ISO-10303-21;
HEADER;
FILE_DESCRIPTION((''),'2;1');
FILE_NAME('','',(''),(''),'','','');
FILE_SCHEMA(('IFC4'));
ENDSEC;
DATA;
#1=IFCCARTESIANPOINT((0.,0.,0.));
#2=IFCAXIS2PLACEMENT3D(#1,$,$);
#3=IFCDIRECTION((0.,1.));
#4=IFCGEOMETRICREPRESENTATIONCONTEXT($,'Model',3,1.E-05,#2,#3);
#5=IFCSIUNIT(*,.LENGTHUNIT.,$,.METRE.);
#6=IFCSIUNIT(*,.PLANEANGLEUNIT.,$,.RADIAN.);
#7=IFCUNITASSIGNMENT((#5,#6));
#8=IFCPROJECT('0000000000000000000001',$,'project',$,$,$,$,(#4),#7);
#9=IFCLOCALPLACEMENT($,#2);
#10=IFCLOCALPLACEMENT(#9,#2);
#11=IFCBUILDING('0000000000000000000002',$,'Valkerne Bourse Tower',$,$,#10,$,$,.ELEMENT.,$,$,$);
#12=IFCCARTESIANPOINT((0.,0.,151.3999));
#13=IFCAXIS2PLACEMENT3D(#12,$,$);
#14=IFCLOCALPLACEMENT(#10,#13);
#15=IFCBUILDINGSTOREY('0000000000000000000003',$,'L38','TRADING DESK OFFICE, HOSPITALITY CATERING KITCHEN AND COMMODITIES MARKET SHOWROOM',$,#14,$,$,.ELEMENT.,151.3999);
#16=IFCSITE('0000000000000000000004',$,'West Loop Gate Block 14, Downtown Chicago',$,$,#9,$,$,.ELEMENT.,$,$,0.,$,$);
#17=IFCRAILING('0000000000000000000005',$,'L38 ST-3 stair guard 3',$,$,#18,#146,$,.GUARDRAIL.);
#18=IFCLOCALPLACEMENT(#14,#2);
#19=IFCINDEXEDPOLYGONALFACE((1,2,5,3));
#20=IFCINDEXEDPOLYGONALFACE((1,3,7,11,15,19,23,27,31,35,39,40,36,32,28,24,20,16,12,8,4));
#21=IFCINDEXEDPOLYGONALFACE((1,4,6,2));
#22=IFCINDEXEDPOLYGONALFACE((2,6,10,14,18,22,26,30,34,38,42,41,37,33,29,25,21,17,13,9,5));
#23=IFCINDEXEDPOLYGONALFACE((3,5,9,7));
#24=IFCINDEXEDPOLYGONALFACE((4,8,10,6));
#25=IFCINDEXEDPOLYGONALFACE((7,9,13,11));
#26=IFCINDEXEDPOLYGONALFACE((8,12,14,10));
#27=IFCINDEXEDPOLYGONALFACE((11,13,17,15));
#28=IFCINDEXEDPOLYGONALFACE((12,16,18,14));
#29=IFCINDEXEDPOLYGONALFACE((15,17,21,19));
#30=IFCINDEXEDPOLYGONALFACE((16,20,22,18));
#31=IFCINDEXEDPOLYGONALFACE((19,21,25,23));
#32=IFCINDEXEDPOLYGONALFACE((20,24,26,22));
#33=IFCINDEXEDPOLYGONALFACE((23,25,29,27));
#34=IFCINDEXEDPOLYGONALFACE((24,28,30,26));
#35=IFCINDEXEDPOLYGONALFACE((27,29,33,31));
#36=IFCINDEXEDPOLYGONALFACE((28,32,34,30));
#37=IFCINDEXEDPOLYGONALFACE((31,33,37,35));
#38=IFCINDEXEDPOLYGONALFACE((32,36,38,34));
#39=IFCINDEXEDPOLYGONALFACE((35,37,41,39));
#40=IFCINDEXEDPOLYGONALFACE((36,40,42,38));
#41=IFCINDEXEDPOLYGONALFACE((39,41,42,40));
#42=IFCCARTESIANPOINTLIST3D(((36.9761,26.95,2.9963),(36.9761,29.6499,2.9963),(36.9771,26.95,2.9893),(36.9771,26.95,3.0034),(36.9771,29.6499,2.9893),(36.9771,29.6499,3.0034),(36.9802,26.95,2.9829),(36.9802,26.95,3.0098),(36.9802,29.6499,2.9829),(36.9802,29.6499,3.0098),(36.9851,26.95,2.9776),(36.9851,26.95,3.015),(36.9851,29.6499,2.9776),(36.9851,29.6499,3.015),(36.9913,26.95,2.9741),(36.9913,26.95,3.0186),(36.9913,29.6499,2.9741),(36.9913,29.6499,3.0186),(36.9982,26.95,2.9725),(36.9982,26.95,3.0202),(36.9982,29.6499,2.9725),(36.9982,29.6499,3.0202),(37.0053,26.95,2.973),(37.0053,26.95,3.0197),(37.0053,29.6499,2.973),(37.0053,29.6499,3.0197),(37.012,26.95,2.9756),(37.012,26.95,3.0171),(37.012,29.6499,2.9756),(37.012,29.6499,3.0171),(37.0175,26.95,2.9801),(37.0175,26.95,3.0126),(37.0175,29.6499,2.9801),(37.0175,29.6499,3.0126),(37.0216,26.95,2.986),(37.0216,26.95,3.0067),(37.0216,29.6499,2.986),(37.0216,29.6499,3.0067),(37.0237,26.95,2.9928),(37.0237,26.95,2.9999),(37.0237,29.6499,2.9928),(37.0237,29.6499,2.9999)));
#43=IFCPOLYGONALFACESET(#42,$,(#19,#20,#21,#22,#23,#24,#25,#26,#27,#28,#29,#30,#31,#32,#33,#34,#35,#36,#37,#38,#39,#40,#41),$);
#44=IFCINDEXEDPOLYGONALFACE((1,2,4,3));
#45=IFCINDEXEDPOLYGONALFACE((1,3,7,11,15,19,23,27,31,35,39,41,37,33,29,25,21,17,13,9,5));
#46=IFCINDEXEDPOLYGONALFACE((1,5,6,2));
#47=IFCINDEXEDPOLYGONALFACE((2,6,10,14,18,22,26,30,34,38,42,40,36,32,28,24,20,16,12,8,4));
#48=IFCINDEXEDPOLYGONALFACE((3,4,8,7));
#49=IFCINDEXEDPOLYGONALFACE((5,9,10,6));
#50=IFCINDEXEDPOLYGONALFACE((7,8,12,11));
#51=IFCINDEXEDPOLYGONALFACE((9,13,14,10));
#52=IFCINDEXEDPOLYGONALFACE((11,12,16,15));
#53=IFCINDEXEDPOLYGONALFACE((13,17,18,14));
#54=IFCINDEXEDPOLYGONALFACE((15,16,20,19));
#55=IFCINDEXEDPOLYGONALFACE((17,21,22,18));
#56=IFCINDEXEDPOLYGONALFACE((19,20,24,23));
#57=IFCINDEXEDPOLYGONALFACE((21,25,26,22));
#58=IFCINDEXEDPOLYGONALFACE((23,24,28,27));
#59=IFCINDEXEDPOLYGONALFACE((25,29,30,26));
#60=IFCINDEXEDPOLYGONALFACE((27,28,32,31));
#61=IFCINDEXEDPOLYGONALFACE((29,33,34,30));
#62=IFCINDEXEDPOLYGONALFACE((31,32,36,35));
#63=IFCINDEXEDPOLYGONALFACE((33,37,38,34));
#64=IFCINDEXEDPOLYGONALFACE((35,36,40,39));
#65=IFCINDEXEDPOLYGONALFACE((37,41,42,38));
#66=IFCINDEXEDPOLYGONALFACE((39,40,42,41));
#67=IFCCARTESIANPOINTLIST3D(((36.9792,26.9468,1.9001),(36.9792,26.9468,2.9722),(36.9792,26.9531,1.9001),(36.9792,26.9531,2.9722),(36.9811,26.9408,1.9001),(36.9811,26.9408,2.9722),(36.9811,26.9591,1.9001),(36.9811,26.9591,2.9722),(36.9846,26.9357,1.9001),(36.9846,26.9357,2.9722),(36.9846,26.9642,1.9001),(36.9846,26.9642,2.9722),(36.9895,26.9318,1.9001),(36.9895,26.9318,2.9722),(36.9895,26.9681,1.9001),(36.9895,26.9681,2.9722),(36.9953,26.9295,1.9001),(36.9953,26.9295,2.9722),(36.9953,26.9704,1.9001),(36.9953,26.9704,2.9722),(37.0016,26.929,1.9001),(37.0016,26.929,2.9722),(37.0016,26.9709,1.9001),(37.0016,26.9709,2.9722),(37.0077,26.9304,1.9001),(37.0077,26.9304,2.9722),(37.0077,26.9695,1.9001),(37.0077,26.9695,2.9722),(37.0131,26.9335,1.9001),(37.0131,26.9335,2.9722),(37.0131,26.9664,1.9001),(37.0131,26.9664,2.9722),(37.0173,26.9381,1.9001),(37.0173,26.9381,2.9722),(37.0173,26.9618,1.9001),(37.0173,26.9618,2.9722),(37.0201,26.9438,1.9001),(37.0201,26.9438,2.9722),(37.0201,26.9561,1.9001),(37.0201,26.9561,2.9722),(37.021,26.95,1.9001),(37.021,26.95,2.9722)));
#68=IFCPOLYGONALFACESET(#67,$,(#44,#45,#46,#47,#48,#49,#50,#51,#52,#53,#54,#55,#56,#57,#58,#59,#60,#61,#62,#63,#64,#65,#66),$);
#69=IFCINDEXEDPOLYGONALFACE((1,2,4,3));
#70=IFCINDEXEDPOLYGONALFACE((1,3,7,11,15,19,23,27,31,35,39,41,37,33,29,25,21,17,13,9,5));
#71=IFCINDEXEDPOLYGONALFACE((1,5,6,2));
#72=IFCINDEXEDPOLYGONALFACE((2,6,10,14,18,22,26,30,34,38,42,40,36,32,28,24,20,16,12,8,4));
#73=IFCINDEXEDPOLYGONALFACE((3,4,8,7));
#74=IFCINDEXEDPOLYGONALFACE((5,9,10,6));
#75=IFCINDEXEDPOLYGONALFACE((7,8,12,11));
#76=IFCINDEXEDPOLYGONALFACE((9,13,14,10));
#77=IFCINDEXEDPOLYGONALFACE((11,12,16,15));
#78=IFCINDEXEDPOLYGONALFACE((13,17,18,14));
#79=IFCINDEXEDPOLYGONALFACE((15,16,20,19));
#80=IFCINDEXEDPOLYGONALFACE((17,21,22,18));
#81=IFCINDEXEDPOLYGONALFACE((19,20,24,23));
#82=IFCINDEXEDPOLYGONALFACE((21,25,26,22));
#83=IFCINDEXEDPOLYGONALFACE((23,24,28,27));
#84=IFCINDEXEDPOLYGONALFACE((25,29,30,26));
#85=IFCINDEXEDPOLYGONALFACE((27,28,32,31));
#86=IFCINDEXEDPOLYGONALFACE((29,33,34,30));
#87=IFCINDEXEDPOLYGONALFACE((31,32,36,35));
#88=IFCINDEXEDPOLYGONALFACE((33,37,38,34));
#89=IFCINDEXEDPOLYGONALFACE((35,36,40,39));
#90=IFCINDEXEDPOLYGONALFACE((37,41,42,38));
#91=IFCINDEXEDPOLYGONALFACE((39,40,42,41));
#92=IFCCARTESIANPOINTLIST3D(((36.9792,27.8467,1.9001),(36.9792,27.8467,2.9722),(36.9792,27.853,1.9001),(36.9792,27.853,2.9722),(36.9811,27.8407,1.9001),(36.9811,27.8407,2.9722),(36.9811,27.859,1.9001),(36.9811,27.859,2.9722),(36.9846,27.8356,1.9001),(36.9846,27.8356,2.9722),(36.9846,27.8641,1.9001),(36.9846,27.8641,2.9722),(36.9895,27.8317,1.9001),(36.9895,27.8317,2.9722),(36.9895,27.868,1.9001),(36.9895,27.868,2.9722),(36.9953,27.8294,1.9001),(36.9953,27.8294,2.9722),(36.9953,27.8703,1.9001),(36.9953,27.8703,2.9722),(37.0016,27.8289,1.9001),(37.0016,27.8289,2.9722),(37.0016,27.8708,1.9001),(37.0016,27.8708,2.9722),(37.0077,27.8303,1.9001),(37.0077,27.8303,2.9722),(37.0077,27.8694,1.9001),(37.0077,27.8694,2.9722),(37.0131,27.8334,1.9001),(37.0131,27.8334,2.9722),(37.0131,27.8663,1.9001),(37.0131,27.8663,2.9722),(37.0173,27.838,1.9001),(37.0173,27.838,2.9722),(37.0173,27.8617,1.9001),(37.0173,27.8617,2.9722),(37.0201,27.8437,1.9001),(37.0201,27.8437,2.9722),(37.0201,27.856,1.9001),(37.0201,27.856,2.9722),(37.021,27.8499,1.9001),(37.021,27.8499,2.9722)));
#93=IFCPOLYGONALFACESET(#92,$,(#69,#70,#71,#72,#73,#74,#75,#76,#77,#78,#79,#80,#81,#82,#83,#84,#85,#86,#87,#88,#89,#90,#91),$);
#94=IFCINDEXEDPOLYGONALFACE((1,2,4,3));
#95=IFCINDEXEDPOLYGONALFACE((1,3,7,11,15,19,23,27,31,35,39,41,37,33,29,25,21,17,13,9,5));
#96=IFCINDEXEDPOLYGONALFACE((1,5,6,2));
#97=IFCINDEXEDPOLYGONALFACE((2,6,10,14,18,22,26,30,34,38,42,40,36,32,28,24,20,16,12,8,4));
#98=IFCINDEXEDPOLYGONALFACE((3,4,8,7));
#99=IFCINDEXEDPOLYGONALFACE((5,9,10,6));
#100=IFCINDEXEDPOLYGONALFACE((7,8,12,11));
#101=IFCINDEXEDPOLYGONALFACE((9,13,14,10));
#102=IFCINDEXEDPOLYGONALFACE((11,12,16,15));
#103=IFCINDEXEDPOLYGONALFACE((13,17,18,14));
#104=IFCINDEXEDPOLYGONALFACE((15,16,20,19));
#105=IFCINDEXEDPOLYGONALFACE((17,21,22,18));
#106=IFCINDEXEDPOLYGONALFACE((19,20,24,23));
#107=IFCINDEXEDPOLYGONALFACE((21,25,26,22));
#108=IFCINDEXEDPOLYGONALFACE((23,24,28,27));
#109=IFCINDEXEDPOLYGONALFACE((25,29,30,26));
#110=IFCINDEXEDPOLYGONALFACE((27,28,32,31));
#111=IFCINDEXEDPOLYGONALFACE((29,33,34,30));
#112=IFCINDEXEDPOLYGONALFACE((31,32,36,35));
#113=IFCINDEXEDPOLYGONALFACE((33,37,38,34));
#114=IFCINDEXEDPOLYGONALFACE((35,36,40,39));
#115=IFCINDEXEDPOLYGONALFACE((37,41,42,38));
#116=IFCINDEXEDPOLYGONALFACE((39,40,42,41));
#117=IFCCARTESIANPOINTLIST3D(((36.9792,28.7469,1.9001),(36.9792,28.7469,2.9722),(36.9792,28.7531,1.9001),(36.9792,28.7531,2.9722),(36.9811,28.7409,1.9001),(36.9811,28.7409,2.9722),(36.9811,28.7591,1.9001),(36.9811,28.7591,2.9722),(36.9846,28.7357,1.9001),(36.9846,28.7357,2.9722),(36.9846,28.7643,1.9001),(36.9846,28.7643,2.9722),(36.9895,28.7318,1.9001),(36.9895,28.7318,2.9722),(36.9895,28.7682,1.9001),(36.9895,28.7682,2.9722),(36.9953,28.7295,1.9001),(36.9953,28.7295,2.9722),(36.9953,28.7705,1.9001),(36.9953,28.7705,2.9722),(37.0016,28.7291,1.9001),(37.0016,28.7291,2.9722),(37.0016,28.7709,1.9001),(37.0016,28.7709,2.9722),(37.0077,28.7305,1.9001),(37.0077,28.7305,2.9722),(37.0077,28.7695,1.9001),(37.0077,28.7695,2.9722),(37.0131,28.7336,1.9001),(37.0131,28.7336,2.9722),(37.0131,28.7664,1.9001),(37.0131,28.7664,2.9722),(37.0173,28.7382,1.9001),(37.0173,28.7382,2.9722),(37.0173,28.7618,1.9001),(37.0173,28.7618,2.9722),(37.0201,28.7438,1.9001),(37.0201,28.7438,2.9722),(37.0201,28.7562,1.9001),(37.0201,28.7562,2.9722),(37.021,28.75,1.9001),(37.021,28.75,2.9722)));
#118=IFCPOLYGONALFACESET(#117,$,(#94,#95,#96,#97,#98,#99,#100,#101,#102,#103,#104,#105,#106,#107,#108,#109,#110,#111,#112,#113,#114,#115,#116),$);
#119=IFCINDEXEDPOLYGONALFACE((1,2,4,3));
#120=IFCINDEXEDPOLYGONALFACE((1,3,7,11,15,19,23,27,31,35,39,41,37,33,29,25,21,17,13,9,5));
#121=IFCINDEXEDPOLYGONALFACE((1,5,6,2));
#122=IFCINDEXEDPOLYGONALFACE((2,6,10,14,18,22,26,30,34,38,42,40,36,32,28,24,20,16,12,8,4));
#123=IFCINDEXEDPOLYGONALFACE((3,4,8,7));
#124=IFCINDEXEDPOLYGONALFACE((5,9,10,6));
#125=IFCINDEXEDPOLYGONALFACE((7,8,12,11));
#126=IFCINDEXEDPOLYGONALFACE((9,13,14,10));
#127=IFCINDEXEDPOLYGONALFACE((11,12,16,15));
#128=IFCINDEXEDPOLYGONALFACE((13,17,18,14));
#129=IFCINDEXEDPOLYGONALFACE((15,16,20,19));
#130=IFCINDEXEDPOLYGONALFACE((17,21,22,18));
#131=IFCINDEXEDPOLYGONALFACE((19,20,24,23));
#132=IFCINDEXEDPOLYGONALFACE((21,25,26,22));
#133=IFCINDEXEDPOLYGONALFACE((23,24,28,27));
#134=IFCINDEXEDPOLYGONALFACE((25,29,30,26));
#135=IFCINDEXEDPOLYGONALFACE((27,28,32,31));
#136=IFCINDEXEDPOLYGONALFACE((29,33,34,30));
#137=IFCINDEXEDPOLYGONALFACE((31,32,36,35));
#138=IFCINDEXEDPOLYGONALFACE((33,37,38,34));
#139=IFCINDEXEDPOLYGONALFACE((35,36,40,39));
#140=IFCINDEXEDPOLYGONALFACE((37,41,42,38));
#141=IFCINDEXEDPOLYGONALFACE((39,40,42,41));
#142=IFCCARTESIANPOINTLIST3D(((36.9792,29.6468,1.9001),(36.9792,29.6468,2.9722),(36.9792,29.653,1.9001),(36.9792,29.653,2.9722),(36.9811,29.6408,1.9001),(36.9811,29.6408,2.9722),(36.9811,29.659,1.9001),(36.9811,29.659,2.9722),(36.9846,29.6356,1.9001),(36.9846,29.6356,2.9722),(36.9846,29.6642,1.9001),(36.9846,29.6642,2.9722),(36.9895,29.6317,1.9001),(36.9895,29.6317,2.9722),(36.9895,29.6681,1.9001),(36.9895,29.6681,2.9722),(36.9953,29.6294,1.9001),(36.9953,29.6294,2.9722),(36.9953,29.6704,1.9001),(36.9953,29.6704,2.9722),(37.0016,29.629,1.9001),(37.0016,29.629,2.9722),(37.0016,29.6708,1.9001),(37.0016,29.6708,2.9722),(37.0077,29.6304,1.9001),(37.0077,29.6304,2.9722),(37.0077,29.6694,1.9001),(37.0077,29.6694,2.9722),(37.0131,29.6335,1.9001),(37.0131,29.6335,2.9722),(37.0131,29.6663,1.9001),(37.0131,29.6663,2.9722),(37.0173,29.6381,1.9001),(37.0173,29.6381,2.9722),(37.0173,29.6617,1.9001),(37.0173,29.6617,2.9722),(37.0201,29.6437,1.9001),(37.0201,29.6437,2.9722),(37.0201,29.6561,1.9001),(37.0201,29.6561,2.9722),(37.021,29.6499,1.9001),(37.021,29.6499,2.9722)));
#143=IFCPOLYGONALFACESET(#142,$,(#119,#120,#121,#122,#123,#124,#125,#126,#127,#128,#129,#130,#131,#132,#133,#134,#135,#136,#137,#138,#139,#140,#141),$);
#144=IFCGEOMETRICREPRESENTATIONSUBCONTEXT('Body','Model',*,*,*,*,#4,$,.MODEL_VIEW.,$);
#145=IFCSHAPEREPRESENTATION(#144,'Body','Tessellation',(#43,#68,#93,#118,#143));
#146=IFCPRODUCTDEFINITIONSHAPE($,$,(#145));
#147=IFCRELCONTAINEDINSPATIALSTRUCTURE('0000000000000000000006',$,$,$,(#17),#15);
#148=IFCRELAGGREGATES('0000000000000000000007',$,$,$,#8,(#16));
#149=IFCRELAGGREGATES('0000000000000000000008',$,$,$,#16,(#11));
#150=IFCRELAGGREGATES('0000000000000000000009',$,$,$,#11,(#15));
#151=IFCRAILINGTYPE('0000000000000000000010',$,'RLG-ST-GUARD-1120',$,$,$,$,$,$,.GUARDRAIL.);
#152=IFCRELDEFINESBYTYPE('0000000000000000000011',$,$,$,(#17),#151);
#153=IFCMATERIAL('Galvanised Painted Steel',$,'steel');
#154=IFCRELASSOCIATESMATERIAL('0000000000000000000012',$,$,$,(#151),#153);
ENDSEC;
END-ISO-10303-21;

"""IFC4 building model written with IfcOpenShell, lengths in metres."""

from ifc_helpers import new_model, si_unit, direction, frame, origin, origin_2d, place, context, subcontext, project, spatial, circle, extrude, material, type_object, element, save


model = new_model("IFC4")

# Units and contexts
model_context = context("Model", 3, precision=1e-05, world=origin(), true_north=direction((0.0, 1.0)))
body_context = subcontext(model_context, "Body", "Model", "MODEL_VIEW")
ifc_project = project(units=[si_unit("LENGTHUNIT", "METRE"), si_unit("PLANEANGLEUNIT", "RADIAN")], contexts=[model_context])

# Site, building, storey
site_placement = place(None, origin())
site = spatial("IfcSite", under=ifc_project, at=site_placement, Name="West Loop Gate Block 14, Downtown Chicago", CompositionType="ELEMENT", RefElevation=0.0)
building_placement = place(site_placement, origin())
building = spatial("IfcBuilding", under=site, at=building_placement, Name="Valkerne Bourse Tower", CompositionType="ELEMENT")
storey_placement = place(building_placement, frame((0.0, 0.0, 151.3999)))
storey = spatial("IfcBuildingStorey", under=building, at=storey_placement, Name="L38", Description="TRADING DESK OFFICE, HOSPITALITY CATERING KITCHEN AND COMMODITIES MARKET SHOWROOM", CompositionType="ELEMENT", Elevation=151.3999)

# Railing
ifc_material_1 = material(Name="Galvanised Painted Steel", Category="steel")
railing_type_1 = type_object("IfcRailingType", Name="RLG-ST-GUARD-1120", PredefinedType="GUARDRAIL", material=ifc_material_1)
for number, where, name in (
    (1, (37.0, 26.95, 1.9001), "L38 ST-3 stair guard 3"),
):
    element("IfcRailing", number, at=place(storey_placement, frame(where)), inside=storey, type_object=railing_type_1, Name=name, PredefinedType="GUARDRAIL", context=body_context, shape_type="SweptSolid", body=[
        extrude(circle(Radius=0.0239, at=origin_2d()), frame((0.0, 0.0, 1.0962), z_axis=(0.0, 1.0, 0.0), x_axis=(-1.0, 0.0, 0.0)), (0.0, 0.0, 1.0), 2.7),
        extrude(circle(Radius=0.021, at=origin_2d()), origin(), (0.0, 0.0, 1.0), 1.072),
        extrude(circle(Radius=0.021, at=origin_2d()), frame((0.0, 0.8999, 0.0)), (0.0, 0.0, 1.0), 1.072),
        extrude(circle(Radius=0.021, at=origin_2d()), frame((0.0, 1.8, 0.0)), (0.0, 0.0, 1.0), 1.072),
        extrude(circle(Radius=0.021, at=origin_2d()), frame((0.0, 2.7, 0.0)), (0.0, 0.0, 1.0), 1.072),
    ])

save(model, "model.ifc")
